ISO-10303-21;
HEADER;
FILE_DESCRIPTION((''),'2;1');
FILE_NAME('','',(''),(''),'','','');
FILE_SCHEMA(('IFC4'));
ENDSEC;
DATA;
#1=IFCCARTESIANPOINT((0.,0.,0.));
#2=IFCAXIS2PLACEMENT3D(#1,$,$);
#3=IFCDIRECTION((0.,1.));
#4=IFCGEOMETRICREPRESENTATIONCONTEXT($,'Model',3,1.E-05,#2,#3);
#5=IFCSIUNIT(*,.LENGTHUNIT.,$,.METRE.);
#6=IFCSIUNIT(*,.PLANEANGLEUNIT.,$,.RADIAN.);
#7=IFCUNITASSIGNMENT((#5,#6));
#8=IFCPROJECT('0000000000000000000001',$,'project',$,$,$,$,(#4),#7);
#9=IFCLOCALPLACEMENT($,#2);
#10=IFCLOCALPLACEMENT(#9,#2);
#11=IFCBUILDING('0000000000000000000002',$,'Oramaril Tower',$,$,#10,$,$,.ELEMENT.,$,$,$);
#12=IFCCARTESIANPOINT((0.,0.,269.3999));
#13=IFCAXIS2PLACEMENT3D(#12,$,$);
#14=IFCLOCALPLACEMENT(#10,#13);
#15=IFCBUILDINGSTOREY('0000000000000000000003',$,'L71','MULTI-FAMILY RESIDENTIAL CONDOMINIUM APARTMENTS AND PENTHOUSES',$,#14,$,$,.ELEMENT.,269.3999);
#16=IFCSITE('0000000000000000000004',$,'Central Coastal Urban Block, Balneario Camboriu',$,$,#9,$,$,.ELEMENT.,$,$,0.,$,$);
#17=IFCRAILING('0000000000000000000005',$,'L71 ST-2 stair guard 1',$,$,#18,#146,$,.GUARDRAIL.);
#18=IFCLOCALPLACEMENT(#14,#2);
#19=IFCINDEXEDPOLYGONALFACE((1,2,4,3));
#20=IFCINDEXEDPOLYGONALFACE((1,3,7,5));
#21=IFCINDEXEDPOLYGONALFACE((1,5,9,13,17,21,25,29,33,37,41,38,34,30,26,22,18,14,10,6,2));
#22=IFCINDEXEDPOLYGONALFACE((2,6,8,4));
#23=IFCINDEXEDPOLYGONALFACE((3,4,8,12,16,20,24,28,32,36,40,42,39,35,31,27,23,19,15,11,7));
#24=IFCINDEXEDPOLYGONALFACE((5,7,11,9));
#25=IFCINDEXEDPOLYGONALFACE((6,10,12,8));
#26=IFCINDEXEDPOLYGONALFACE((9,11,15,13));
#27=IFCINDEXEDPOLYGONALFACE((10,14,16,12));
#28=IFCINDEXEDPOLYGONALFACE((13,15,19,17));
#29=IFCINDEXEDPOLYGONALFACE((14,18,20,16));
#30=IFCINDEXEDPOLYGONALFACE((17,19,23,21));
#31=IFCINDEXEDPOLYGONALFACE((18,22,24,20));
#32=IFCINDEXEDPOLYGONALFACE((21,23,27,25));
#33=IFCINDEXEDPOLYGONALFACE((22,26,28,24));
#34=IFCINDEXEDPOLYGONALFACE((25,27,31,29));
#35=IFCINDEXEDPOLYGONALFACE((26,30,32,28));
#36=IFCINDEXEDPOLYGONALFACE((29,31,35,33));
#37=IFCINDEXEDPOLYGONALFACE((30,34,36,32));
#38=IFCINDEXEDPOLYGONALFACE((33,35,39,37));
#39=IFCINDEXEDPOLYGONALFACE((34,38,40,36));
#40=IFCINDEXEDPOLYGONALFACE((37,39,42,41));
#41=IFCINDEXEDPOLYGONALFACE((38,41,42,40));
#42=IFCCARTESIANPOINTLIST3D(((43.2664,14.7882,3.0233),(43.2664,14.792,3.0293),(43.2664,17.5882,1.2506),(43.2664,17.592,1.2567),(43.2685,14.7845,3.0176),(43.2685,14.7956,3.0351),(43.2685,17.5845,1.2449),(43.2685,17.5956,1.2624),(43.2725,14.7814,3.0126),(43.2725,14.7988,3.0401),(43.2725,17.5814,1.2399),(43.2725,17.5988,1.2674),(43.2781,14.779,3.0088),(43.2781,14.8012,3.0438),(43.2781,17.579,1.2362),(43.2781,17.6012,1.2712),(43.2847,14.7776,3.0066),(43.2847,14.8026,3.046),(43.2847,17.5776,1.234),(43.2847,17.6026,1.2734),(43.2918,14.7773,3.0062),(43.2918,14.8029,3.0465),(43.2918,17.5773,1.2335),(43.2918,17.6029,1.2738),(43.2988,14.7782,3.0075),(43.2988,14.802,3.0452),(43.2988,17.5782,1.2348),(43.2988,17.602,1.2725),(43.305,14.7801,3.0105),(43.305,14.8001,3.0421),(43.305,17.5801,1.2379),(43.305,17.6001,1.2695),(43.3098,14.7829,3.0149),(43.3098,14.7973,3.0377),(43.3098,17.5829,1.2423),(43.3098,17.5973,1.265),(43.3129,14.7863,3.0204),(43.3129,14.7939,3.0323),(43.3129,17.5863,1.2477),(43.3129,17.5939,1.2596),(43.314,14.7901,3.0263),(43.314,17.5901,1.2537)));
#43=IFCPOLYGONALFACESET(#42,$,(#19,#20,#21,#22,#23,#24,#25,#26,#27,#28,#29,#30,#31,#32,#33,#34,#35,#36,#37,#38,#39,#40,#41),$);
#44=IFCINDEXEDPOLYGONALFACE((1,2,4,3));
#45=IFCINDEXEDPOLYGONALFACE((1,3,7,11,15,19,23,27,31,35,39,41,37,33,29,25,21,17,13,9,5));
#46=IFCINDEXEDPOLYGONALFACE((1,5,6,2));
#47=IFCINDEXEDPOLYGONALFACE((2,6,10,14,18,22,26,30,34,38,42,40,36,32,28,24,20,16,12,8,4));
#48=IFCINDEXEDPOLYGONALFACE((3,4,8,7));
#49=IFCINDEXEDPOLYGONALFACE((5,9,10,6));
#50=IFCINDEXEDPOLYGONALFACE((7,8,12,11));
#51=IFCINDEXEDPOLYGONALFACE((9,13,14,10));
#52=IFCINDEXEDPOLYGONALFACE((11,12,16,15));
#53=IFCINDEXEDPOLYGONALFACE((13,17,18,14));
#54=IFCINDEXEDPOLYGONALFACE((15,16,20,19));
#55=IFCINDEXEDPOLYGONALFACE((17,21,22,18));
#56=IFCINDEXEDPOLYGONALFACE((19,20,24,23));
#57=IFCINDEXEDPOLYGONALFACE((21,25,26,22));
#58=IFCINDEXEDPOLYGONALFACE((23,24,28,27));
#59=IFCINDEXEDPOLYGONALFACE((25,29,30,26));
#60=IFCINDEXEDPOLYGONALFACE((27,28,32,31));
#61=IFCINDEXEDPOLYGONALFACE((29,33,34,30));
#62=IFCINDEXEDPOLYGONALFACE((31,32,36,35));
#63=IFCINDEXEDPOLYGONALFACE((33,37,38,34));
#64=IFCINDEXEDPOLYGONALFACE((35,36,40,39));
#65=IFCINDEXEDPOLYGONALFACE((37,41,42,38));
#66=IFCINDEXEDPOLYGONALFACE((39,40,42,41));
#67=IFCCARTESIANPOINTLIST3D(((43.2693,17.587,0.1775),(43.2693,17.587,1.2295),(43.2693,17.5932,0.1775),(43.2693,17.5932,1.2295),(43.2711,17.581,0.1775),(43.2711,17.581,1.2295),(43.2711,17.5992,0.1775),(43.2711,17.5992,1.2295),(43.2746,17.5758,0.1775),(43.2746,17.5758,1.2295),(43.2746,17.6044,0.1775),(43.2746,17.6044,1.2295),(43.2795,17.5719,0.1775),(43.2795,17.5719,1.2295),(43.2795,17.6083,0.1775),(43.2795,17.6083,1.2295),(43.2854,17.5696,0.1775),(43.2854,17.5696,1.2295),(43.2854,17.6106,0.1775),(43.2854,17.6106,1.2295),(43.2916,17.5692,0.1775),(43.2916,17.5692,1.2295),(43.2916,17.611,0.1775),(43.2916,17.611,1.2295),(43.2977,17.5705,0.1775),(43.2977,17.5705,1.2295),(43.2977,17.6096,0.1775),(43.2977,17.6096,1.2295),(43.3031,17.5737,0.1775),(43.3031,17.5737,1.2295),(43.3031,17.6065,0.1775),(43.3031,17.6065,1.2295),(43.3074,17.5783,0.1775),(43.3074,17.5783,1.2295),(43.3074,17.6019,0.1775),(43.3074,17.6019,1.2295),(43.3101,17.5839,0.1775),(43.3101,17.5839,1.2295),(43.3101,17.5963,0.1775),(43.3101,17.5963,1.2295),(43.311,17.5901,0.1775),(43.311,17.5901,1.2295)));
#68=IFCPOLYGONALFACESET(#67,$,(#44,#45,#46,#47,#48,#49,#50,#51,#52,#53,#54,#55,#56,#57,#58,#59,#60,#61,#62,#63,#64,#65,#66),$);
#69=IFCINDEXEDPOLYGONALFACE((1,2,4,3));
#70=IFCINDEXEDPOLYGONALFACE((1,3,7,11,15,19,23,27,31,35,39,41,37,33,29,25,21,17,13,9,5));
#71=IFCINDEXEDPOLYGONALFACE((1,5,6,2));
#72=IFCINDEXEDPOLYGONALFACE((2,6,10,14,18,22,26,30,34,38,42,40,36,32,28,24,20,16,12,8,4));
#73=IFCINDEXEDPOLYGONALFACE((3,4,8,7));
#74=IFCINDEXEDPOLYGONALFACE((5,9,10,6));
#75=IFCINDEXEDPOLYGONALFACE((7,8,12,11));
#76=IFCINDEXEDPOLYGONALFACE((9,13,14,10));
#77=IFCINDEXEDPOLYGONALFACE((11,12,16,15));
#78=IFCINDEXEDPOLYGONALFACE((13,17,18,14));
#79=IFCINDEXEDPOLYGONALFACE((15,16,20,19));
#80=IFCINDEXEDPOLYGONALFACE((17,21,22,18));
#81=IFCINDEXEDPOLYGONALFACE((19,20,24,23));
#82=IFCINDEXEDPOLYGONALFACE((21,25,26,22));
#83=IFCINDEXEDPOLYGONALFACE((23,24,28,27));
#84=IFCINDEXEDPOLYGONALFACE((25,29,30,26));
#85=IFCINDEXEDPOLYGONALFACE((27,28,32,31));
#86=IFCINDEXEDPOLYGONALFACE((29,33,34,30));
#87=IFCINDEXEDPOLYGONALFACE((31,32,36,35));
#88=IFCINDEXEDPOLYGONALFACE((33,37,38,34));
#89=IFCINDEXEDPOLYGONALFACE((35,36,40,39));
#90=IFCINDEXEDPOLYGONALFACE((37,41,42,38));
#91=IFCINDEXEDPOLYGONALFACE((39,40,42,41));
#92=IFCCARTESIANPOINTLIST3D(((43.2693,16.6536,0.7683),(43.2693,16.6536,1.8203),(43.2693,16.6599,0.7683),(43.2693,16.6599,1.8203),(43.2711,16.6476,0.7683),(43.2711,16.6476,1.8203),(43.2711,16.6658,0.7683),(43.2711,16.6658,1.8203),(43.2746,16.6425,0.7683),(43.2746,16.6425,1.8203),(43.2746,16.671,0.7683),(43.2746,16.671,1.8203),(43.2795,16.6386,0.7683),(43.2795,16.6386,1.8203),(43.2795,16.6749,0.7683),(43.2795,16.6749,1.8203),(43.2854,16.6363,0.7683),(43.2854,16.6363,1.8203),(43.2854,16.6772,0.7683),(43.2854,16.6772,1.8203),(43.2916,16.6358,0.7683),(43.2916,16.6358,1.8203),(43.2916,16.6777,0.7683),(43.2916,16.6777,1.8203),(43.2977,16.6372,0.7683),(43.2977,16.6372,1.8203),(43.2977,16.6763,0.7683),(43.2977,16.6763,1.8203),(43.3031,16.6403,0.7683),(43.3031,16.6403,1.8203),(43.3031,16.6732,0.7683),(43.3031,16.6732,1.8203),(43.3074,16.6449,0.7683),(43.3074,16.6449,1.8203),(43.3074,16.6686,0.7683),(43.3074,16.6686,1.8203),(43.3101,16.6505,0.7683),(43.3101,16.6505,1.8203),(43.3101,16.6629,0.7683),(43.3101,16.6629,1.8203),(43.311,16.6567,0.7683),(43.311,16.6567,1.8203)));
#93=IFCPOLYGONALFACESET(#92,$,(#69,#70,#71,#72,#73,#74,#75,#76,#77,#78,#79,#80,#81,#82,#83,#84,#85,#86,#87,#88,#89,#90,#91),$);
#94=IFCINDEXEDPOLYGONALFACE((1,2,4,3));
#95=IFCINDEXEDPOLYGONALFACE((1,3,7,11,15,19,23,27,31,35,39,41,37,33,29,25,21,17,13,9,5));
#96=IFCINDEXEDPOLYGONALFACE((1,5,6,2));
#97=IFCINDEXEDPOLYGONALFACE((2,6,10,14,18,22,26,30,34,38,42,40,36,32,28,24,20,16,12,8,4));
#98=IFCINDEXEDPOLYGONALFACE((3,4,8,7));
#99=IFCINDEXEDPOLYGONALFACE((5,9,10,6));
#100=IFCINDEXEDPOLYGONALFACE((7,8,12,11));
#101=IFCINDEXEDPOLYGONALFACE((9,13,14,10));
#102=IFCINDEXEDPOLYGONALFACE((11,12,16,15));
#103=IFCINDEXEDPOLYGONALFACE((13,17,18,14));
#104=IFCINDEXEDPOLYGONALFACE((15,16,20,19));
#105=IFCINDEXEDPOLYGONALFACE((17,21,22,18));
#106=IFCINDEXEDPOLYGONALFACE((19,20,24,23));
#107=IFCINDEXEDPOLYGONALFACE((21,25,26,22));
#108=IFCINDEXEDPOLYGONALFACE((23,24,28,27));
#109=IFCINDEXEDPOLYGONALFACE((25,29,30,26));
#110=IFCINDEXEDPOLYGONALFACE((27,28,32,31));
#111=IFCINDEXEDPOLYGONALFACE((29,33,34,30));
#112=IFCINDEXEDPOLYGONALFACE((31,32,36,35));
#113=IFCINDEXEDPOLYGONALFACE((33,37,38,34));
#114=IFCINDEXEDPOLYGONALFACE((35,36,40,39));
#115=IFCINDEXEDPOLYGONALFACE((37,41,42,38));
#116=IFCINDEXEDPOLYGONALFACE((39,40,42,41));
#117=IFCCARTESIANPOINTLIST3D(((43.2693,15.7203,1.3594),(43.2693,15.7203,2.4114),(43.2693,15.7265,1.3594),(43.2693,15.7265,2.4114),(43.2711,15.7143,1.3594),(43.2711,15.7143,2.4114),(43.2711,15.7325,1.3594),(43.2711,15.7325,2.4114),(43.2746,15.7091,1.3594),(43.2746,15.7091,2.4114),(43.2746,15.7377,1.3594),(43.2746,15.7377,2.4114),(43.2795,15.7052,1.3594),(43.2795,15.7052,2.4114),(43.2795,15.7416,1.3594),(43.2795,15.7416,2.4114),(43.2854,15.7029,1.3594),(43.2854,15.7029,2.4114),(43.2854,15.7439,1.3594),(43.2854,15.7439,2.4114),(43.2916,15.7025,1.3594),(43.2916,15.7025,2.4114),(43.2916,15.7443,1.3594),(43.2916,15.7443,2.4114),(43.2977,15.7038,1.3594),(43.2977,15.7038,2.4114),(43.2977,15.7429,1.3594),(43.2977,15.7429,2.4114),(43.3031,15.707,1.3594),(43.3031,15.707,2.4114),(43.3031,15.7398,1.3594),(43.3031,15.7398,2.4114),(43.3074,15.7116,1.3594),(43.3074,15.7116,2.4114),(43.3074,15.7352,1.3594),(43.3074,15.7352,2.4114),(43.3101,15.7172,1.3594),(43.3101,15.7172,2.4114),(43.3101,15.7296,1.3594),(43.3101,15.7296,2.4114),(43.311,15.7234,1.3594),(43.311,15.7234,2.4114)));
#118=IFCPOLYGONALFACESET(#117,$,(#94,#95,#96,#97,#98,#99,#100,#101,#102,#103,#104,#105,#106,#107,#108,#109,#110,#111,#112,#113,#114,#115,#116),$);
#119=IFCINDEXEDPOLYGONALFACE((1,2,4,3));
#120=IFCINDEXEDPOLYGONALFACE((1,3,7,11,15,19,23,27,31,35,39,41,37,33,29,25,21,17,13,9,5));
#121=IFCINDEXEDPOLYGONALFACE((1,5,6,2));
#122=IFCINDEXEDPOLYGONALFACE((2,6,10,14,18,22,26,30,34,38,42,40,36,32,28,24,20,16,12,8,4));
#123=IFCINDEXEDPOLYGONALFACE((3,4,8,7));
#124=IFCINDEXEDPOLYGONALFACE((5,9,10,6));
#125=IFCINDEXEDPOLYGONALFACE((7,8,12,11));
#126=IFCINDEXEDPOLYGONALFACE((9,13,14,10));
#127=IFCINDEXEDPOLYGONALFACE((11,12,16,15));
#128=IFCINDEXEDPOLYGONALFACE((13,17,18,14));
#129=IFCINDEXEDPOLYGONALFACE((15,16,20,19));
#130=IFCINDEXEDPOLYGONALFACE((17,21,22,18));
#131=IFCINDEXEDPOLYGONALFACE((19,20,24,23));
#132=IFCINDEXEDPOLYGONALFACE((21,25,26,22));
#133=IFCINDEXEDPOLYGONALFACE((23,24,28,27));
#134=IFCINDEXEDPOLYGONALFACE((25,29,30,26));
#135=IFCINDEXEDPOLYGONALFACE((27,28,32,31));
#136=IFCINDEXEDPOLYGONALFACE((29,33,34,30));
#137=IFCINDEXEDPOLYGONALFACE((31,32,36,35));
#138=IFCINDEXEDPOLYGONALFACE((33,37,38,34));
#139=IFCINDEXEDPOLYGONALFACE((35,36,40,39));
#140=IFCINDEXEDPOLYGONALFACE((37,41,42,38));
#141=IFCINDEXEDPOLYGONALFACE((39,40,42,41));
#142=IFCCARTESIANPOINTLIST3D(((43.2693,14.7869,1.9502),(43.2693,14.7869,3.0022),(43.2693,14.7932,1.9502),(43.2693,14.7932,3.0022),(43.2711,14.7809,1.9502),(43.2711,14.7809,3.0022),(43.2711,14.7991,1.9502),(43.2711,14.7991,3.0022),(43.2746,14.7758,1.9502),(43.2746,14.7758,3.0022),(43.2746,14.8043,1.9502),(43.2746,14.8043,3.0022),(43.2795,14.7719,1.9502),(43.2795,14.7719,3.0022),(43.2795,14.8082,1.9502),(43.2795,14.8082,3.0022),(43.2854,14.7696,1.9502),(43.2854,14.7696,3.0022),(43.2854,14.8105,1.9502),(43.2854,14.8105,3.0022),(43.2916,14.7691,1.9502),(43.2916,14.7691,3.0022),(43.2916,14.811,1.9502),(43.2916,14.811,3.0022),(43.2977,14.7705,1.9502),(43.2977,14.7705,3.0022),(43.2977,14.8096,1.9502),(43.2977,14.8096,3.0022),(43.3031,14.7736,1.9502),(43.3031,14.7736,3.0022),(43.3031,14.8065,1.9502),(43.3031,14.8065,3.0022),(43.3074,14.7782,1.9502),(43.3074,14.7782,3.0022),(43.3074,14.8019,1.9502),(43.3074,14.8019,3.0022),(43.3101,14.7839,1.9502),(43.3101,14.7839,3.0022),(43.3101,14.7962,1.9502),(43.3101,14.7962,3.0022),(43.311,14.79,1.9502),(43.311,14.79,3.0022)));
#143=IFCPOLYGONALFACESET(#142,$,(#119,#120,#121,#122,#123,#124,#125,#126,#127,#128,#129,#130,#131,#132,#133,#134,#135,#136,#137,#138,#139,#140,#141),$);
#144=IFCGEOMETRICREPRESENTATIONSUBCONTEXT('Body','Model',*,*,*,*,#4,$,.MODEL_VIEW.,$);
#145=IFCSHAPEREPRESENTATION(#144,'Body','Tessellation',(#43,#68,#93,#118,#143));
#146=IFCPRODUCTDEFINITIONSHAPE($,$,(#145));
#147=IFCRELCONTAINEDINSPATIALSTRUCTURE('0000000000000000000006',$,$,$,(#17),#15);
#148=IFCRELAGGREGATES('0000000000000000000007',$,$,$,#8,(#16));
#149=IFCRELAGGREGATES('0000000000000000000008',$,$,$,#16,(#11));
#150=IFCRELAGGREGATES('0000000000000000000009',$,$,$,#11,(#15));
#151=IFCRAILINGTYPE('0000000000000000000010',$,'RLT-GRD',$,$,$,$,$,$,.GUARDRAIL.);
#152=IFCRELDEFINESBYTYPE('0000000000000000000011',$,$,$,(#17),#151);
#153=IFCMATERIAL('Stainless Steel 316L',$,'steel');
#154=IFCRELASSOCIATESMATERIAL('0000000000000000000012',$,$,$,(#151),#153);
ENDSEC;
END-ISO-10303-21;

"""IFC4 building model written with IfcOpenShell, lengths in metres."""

from ifc_helpers import new_model, si_unit, direction, frame, origin, origin_2d, place, context, subcontext, project, spatial, circle, extrude, material, type_object, element, save


model = new_model("IFC4")

# Units and contexts
model_context = context("Model", 3, precision=1e-05, world=origin(), true_north=direction((0.0, 1.0)))
body_context = subcontext(model_context, "Body", "Model", "MODEL_VIEW")
ifc_project = project(units=[si_unit("LENGTHUNIT", "METRE"), si_unit("PLANEANGLEUNIT", "RADIAN")], contexts=[model_context])

# Site, building, storey
site_placement = place(None, origin())
site = spatial("IfcSite", under=ifc_project, at=site_placement, Name="Central Coastal Urban Block, Balneario Camboriu", CompositionType="ELEMENT", RefElevation=0.0)
building_placement = place(site_placement, origin())
building = spatial("IfcBuilding", under=site, at=building_placement, Name="Oramaril Tower", CompositionType="ELEMENT")
storey_placement = place(building_placement, frame((0.0, 0.0, 269.3999)))
storey = spatial("IfcBuildingStorey", under=building, at=storey_placement, Name="L71", Description="MULTI-FAMILY RESIDENTIAL CONDOMINIUM APARTMENTS AND PENTHOUSES", CompositionType="ELEMENT", Elevation=269.3999)

# Railing
ifc_material_1 = material(Name="Stainless Steel 316L", Category="steel")
railing_type = type_object("IfcRailingType", Name="RLT-GRD", PredefinedType="GUARDRAIL", material=ifc_material_1)
railing_1_placement = place(storey_placement, frame((43.29, 17.5901, 0.1775)))
element("IfcRailing", 1, at=railing_1_placement, inside=storey, type_object=railing_type, Name="L71 ST-2 stair guard 1", PredefinedType="GUARDRAIL", context=body_context, shape_type="SweptSolid", body=[
    extrude(circle(Radius=0.0239, at=origin_2d()), frame((0.0, 0.0, 1.0762), z_axis=(0.0, -0.844909, 0.53491), x_axis=(1.0, 0.0, 0.0)), (0.0, 0.0, 1.0), 3.314),
    extrude(circle(Radius=0.021, at=origin_2d()), origin(), (0.0, 0.0, 1.0), 1.052),
    extrude(circle(Radius=0.021, at=origin_2d()), frame((0.0, -0.9333, 0.5908)), (0.0, 0.0, 1.0), 1.052),
    extrude(circle(Radius=0.021, at=origin_2d()), frame((0.0, -1.8667, 1.1819)), (0.0, 0.0, 1.0), 1.052),
    extrude(circle(Radius=0.021, at=origin_2d()), frame((0.0, -2.8, 1.7727)), (0.0, 0.0, 1.0), 1.052),
])

save(model, "model.ifc")
